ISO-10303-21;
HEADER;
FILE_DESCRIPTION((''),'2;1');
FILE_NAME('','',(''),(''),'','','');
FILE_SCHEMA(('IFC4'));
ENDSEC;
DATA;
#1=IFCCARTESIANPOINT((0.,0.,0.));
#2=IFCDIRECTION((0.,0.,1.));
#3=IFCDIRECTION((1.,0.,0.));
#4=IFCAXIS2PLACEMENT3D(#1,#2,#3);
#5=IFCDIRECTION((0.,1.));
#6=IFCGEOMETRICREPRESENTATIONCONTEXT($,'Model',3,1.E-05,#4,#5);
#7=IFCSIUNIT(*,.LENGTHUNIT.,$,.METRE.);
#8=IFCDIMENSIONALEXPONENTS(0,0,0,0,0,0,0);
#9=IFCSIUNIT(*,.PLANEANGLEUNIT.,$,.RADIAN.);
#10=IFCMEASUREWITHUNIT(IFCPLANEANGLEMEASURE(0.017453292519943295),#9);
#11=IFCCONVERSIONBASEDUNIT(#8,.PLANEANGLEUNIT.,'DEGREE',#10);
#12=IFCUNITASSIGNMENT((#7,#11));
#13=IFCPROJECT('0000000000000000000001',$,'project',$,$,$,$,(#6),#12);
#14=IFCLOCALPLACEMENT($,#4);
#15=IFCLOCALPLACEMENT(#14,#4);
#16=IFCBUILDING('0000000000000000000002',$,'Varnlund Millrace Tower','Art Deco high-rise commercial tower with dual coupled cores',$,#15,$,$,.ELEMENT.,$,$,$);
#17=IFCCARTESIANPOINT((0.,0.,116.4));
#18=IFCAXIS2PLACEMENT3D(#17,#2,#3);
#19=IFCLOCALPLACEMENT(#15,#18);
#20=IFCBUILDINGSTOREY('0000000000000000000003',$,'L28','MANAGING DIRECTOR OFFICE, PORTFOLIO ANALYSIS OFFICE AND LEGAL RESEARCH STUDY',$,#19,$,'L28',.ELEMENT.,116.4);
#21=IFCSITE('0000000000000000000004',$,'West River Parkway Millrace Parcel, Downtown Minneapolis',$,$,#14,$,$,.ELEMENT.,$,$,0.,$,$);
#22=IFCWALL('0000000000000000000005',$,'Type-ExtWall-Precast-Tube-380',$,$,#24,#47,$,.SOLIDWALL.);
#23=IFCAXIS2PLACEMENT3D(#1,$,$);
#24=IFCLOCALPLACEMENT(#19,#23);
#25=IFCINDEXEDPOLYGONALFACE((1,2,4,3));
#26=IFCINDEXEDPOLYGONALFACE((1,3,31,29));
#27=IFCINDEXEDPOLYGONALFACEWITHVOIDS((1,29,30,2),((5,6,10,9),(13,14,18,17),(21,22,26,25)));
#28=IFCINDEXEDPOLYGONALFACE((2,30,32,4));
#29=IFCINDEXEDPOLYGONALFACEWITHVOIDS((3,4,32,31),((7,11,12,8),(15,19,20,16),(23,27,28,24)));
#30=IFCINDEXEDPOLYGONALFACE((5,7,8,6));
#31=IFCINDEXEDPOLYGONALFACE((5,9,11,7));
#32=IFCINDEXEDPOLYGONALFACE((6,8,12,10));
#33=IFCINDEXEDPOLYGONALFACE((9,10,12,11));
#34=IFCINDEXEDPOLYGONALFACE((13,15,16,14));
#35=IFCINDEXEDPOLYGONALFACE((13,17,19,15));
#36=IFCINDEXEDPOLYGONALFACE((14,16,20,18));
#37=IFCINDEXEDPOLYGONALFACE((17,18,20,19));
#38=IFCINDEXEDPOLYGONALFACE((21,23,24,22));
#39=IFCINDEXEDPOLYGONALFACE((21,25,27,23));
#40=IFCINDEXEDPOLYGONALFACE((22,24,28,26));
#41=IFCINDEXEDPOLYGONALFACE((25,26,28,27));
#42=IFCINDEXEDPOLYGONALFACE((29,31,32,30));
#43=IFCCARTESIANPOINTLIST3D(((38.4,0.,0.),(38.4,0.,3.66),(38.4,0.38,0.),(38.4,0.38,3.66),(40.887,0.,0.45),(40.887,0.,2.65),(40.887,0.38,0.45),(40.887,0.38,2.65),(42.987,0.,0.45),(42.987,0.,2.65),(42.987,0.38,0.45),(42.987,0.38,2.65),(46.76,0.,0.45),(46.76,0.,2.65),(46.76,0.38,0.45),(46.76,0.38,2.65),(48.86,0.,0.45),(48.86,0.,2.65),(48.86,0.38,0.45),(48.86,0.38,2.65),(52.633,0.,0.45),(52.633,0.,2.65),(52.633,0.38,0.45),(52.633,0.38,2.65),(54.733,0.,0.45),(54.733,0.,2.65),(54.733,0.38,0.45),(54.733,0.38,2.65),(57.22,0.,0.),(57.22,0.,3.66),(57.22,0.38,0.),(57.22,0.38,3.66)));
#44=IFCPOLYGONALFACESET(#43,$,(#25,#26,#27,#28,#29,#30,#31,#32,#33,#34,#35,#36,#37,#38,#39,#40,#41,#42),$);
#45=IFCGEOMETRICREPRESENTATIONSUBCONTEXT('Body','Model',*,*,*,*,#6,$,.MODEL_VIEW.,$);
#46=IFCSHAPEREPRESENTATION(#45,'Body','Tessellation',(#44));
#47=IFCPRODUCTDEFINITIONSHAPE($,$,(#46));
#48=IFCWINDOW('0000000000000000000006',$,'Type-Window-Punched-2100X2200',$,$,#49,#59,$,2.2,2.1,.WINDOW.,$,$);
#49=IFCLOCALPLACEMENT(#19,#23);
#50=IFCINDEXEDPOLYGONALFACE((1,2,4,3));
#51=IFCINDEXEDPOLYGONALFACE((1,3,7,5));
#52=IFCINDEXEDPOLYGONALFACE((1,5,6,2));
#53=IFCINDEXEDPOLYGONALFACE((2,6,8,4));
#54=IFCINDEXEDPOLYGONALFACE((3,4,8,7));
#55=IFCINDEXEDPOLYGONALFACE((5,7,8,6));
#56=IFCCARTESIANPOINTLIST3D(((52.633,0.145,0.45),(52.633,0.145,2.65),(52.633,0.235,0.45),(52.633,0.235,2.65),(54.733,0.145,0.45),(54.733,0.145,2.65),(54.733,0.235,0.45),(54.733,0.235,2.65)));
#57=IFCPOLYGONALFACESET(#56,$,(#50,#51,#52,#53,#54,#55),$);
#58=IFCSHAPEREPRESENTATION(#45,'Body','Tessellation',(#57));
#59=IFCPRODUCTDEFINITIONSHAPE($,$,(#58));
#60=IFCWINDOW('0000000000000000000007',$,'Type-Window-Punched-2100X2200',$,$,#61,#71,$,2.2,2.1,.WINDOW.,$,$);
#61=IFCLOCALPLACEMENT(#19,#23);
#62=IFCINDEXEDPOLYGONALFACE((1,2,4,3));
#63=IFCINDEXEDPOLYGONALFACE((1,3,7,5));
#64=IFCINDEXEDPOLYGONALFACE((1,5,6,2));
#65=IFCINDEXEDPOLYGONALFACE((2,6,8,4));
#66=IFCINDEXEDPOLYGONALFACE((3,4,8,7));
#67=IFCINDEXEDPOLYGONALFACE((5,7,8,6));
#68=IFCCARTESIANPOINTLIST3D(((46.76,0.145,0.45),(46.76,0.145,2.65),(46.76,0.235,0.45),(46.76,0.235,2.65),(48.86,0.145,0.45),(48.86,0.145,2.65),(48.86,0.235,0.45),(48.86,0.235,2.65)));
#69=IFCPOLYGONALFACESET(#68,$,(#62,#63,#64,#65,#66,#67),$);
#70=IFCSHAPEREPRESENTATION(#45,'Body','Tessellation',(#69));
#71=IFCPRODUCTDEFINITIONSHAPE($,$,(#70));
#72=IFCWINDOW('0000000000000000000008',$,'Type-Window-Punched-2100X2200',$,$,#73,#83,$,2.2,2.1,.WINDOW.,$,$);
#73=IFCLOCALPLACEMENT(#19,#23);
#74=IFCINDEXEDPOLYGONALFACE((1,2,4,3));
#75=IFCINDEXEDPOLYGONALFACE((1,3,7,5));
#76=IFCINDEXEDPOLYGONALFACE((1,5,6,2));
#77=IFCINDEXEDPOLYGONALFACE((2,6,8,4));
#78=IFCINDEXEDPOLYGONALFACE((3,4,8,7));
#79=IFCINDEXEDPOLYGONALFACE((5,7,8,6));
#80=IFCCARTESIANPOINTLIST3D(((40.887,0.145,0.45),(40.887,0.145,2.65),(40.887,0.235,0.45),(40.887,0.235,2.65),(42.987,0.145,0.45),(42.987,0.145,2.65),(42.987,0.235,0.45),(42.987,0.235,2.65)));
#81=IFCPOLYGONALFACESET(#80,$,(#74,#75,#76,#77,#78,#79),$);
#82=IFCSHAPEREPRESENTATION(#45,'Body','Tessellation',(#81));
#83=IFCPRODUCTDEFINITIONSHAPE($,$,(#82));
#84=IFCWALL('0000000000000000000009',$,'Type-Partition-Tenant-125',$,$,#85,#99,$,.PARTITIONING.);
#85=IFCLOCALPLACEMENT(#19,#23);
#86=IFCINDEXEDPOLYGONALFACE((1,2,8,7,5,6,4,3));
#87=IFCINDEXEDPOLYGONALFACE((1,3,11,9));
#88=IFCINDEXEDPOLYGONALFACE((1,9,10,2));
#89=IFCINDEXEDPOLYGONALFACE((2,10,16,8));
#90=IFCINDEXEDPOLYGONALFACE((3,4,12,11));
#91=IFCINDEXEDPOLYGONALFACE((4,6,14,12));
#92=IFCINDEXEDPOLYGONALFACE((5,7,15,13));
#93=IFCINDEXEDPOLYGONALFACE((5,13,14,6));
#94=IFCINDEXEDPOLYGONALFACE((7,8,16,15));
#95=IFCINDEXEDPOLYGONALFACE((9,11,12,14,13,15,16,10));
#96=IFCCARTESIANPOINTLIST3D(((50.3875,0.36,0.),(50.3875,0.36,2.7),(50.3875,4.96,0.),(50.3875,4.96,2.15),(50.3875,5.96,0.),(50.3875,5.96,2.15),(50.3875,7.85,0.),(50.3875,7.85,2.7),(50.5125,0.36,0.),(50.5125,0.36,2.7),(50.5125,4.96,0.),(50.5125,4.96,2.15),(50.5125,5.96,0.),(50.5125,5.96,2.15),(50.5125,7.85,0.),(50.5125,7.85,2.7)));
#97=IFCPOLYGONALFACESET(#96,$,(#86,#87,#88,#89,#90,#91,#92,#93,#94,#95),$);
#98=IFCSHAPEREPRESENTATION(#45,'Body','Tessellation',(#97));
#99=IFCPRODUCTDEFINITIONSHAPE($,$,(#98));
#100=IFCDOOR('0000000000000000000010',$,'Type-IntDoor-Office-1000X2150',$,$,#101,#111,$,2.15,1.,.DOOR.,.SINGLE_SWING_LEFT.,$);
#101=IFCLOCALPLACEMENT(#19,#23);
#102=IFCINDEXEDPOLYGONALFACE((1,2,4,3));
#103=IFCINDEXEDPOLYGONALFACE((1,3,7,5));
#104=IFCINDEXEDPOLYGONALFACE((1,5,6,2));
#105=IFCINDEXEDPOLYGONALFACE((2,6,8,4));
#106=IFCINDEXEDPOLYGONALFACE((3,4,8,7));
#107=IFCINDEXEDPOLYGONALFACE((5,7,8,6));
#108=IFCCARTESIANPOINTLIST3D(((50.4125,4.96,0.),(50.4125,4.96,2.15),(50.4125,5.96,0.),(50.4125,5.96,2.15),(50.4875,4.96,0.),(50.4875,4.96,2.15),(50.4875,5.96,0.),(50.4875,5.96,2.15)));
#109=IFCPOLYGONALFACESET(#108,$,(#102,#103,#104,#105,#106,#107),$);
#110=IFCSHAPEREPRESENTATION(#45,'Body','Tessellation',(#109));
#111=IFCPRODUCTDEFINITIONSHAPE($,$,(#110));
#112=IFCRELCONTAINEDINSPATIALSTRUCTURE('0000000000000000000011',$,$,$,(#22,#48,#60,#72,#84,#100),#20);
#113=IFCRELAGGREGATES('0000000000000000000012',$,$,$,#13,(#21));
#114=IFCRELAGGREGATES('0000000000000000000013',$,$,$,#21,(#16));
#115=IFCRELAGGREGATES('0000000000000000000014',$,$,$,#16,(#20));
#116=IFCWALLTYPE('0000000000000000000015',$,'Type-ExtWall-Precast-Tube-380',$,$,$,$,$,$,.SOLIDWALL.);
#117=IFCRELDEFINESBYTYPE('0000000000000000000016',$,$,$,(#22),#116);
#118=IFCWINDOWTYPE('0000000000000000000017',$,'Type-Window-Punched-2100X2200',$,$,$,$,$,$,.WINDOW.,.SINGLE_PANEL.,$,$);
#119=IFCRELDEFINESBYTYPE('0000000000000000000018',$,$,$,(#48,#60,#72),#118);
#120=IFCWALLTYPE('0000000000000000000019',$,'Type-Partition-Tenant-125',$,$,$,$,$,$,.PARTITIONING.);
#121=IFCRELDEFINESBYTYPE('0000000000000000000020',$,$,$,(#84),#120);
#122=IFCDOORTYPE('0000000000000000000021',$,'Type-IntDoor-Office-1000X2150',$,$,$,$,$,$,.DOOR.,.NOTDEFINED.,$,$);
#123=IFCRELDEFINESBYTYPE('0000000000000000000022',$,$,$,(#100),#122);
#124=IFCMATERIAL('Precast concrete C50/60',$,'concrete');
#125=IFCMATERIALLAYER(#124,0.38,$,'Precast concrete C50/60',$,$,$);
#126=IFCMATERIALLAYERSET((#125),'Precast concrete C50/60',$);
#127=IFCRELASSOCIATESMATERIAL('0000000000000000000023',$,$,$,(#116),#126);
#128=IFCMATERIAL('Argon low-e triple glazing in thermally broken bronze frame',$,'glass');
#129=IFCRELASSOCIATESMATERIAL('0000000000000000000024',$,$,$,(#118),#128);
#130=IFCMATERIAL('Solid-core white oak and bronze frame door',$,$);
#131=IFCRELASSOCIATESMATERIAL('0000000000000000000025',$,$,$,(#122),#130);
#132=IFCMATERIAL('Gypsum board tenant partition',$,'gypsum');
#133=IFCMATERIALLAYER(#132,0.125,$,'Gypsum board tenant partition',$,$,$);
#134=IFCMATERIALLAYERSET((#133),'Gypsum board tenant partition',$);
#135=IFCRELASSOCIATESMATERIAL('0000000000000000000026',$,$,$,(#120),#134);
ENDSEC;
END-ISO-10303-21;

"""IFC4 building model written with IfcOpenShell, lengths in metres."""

from ifc_helpers import new_model, entity, si_unit, converted_unit, direction, frame, origin_with_axes, origin_2d_with_axis, place, context, subcontext, project, spatial, polyline, rectangle, outline, extrude, material, layer, layer_set, type_object, element, fill, save


model = new_model("IFC4")

# Units and contexts
model_context = context("Model", 3, precision=1e-05, world=origin_with_axes(), true_north=direction((0.0, 1.0)))
body_context = subcontext(model_context, "Body", "Model", "MODEL_VIEW")
ifc_project = project(units=[si_unit("LENGTHUNIT", "METRE"), converted_unit("PLANEANGLEUNIT", "DEGREE", entity("IfcPlaneAngleMeasure", 0.017453292519943295), si_unit("PLANEANGLEUNIT", "RADIAN"), dimensions=[0, 0, 0, 0, 0, 0, 0])], contexts=[model_context])

# Site, building, storey
site_placement = place(None, origin_with_axes())
site = spatial("IfcSite", under=ifc_project, at=site_placement, Name="West River Parkway Millrace Parcel, Downtown Minneapolis", CompositionType="ELEMENT", RefElevation=0.0)
building_placement = place(site_placement, origin_with_axes())
building = spatial("IfcBuilding", under=site, at=building_placement, Name="Varnlund Millrace Tower", Description="Art Deco high-rise commercial tower with dual coupled cores", CompositionType="ELEMENT")
storey_placement = place(building_placement, frame((0.0, 0.0, 116.4), z_axis=(0.0, 0.0, 1.0), x_axis=(1.0, 0.0, 0.0)))
storey = spatial("IfcBuildingStorey", under=building, at=storey_placement, Name="L28", Description="MANAGING DIRECTOR OFFICE, PORTFOLIO ANALYSIS OFFICE AND LEGAL RESEARCH STUDY", LongName="L28", CompositionType="ELEMENT", Elevation=116.4)

# Shared definitions
ifc_material_1 = material(Name="Precast concrete C50/60", Category="concrete")
ifc_layer_1 = layer(ifc_material_1, 0.38, Name="Precast concrete C50/60")
ifc_layer_set_1 = layer_set([ifc_layer_1], Name="Precast concrete C50/60")
wall_type_1 = type_object("IfcWallType", Name="Type-ExtWall-Precast-Tube-380", PredefinedType="SOLIDWALL", material=ifc_layer_set_1)

# Wall, openings, windows
wall_1_placement = place(storey_placement, frame((57.22, 0.19, 0.0), z_axis=(0.0, 0.0, 1.0), x_axis=(-1.0, 0.0, 0.0)))
wall_1 = element("IfcWall", 1, at=wall_1_placement, inside=storey, type_object=wall_type_1, Name="Type-ExtWall-Precast-Tube-380", PredefinedType="SOLIDWALL", context=body_context, shape_type="SweptSolid", body=[
    extrude(outline(polyline([(0.0, -0.19), (18.82, -0.19), (18.82, 0.19), (0.0, 0.19), (0.0, -0.19)])), origin_with_axes(), (0.0, 0.0, 1.0), 3.66),
])
opening_1_placement = place(wall_1_placement, frame((3.537, 0.0, 0.45), z_axis=(0.0, 0.0, 1.0), x_axis=(1.0, 0.0, 0.0)))
opening_1 = element("IfcOpeningElement", 2, at=opening_1_placement, cuts=wall_1, PredefinedType="OPENING", context=body_context, shape_type="SweptSolid", body=[
    extrude(rectangle(XDim=2.1, YDim=0.4, at=origin_2d_with_axis()), origin_with_axes(), (0.0, 0.0, 1.0), 2.2),
])
opening_2_placement = place(wall_1_placement, frame((9.41, 0.0, 0.45), z_axis=(0.0, 0.0, 1.0), x_axis=(1.0, 0.0, 0.0)))
opening_2 = element("IfcOpeningElement", 3, at=opening_2_placement, cuts=wall_1, PredefinedType="OPENING", context=body_context, shape_type="SweptSolid", body=[
    extrude(rectangle(XDim=2.1, YDim=0.4, at=origin_2d_with_axis()), origin_with_axes(), (0.0, 0.0, 1.0), 2.2),
])
opening_3_placement = place(wall_1_placement, frame((15.283, 0.0, 0.45), z_axis=(0.0, 0.0, 1.0), x_axis=(1.0, 0.0, 0.0)))
opening_3 = element("IfcOpeningElement", 4, at=opening_3_placement, cuts=wall_1, PredefinedType="OPENING", context=body_context, shape_type="SweptSolid", body=[
    extrude(rectangle(XDim=2.1, YDim=0.4, at=origin_2d_with_axis()), origin_with_axes(), (0.0, 0.0, 1.0), 2.2),
])
ifc_material_2 = material(Name="Argon low-e triple glazing in thermally broken bronze frame", Category="glass")
window_type = type_object("IfcWindowType", Name="Type-Window-Punched-2100X2200", PartitioningType="SINGLE_PANEL", PredefinedType="WINDOW", material=ifc_material_2)
window_1_placement = place(wall_1_placement, frame((3.537, 0.0, 0.45), z_axis=(0.0, 0.0, 1.0), x_axis=(1.0, 0.0, 0.0)))
window_1 = element("IfcWindow", 5, at=window_1_placement, inside=storey, type_object=window_type, Name="Type-Window-Punched-2100X2200", OverallHeight=2.2, OverallWidth=2.1, PredefinedType="WINDOW", context=body_context, shape_type="SweptSolid", body=[
    extrude(rectangle(XDim=2.1, YDim=0.09, at=origin_2d_with_axis()), origin_with_axes(), (0.0, 0.0, 1.0), 2.2),
])
fill(opening_1, window_1)
window_2_placement = place(wall_1_placement, frame((9.41, 0.0, 0.45), z_axis=(0.0, 0.0, 1.0), x_axis=(1.0, 0.0, 0.0)))
window_2 = element("IfcWindow", 6, at=window_2_placement, inside=storey, type_object=window_type, Name="Type-Window-Punched-2100X2200", OverallHeight=2.2, OverallWidth=2.1, PredefinedType="WINDOW", context=body_context, shape_type="SweptSolid", body=[
    extrude(rectangle(XDim=2.1, YDim=0.09, at=origin_2d_with_axis()), origin_with_axes(), (0.0, 0.0, 1.0), 2.2),
])
fill(opening_2, window_2)
window_3_placement = place(wall_1_placement, frame((15.283, 0.0, 0.45), z_axis=(0.0, 0.0, 1.0), x_axis=(1.0, 0.0, 0.0)))
window_3 = element("IfcWindow", 7, at=window_3_placement, inside=storey, type_object=window_type, Name="Type-Window-Punched-2100X2200", OverallHeight=2.2, OverallWidth=2.1, PredefinedType="WINDOW", context=body_context, shape_type="SweptSolid", body=[
    extrude(rectangle(XDim=2.1, YDim=0.09, at=origin_2d_with_axis()), origin_with_axes(), (0.0, 0.0, 1.0), 2.2),
])
fill(opening_3, window_3)

# Shared definitions
ifc_material_3 = material(Name="Solid-core white oak and bronze frame door")
door_type = type_object("IfcDoorType", Name="Type-IntDoor-Office-1000X2150", OperationType="NOTDEFINED", PredefinedType="DOOR", material=ifc_material_3)

# Wall, opening, door
ifc_material_4 = material(Name="Gypsum board tenant partition", Category="gypsum")
ifc_layer_2 = layer(ifc_material_4, 0.125, Name="Gypsum board tenant partition")
ifc_layer_set_2 = layer_set([ifc_layer_2], Name="Gypsum board tenant partition")
wall_type_2 = type_object("IfcWallType", Name="Type-Partition-Tenant-125", PredefinedType="PARTITIONING", material=ifc_layer_set_2)
wall_2_placement = place(storey_placement, frame((50.45, 0.36, 0.0), z_axis=(0.0, 0.0, 1.0), x_axis=(0.0, 1.0, 0.0)))
wall_2 = element("IfcWall", 8, at=wall_2_placement, inside=storey, type_object=wall_type_2, Name="Type-Partition-Tenant-125", PredefinedType="PARTITIONING", context=body_context, shape_type="SweptSolid", body=[
    extrude(outline(polyline([(0.0, -0.0625), (7.49, -0.0625), (7.49, 0.0625), (0.0, 0.0625), (0.0, -0.0625)])), origin_with_axes(), (0.0, 0.0, 1.0), 2.7),
])
opening_4_placement = place(wall_2_placement, frame((5.1, 0.0, 0.0), z_axis=(0.0, 0.0, 1.0), x_axis=(1.0, 0.0, 0.0)))
opening_4 = element("IfcOpeningElement", 9, at=opening_4_placement, cuts=wall_2, PredefinedType="OPENING", context=body_context, shape_type="SweptSolid", body=[
    extrude(rectangle(XDim=1.0, YDim=0.145, at=origin_2d_with_axis()), origin_with_axes(), (0.0, 0.0, 1.0), 2.15),
])
door_1_placement = place(wall_2_placement, frame((5.1, 0.0, 0.0), z_axis=(0.0, 0.0, 1.0), x_axis=(1.0, 0.0, 0.0)))
door_1 = element("IfcDoor", 10, at=door_1_placement, inside=storey, type_object=door_type, Name="Type-IntDoor-Office-1000X2150", OperationType="SINGLE_SWING_LEFT", OverallHeight=2.15, OverallWidth=1.0, PredefinedType="DOOR", context=body_context, shape_type="SweptSolid", body=[
    extrude(rectangle(XDim=1.0, YDim=0.075, at=origin_2d_with_axis()), origin_with_axes(), (0.0, 0.0, 1.0), 2.15),
])
fill(opening_4, door_1)

save(model, "model.ifc")
